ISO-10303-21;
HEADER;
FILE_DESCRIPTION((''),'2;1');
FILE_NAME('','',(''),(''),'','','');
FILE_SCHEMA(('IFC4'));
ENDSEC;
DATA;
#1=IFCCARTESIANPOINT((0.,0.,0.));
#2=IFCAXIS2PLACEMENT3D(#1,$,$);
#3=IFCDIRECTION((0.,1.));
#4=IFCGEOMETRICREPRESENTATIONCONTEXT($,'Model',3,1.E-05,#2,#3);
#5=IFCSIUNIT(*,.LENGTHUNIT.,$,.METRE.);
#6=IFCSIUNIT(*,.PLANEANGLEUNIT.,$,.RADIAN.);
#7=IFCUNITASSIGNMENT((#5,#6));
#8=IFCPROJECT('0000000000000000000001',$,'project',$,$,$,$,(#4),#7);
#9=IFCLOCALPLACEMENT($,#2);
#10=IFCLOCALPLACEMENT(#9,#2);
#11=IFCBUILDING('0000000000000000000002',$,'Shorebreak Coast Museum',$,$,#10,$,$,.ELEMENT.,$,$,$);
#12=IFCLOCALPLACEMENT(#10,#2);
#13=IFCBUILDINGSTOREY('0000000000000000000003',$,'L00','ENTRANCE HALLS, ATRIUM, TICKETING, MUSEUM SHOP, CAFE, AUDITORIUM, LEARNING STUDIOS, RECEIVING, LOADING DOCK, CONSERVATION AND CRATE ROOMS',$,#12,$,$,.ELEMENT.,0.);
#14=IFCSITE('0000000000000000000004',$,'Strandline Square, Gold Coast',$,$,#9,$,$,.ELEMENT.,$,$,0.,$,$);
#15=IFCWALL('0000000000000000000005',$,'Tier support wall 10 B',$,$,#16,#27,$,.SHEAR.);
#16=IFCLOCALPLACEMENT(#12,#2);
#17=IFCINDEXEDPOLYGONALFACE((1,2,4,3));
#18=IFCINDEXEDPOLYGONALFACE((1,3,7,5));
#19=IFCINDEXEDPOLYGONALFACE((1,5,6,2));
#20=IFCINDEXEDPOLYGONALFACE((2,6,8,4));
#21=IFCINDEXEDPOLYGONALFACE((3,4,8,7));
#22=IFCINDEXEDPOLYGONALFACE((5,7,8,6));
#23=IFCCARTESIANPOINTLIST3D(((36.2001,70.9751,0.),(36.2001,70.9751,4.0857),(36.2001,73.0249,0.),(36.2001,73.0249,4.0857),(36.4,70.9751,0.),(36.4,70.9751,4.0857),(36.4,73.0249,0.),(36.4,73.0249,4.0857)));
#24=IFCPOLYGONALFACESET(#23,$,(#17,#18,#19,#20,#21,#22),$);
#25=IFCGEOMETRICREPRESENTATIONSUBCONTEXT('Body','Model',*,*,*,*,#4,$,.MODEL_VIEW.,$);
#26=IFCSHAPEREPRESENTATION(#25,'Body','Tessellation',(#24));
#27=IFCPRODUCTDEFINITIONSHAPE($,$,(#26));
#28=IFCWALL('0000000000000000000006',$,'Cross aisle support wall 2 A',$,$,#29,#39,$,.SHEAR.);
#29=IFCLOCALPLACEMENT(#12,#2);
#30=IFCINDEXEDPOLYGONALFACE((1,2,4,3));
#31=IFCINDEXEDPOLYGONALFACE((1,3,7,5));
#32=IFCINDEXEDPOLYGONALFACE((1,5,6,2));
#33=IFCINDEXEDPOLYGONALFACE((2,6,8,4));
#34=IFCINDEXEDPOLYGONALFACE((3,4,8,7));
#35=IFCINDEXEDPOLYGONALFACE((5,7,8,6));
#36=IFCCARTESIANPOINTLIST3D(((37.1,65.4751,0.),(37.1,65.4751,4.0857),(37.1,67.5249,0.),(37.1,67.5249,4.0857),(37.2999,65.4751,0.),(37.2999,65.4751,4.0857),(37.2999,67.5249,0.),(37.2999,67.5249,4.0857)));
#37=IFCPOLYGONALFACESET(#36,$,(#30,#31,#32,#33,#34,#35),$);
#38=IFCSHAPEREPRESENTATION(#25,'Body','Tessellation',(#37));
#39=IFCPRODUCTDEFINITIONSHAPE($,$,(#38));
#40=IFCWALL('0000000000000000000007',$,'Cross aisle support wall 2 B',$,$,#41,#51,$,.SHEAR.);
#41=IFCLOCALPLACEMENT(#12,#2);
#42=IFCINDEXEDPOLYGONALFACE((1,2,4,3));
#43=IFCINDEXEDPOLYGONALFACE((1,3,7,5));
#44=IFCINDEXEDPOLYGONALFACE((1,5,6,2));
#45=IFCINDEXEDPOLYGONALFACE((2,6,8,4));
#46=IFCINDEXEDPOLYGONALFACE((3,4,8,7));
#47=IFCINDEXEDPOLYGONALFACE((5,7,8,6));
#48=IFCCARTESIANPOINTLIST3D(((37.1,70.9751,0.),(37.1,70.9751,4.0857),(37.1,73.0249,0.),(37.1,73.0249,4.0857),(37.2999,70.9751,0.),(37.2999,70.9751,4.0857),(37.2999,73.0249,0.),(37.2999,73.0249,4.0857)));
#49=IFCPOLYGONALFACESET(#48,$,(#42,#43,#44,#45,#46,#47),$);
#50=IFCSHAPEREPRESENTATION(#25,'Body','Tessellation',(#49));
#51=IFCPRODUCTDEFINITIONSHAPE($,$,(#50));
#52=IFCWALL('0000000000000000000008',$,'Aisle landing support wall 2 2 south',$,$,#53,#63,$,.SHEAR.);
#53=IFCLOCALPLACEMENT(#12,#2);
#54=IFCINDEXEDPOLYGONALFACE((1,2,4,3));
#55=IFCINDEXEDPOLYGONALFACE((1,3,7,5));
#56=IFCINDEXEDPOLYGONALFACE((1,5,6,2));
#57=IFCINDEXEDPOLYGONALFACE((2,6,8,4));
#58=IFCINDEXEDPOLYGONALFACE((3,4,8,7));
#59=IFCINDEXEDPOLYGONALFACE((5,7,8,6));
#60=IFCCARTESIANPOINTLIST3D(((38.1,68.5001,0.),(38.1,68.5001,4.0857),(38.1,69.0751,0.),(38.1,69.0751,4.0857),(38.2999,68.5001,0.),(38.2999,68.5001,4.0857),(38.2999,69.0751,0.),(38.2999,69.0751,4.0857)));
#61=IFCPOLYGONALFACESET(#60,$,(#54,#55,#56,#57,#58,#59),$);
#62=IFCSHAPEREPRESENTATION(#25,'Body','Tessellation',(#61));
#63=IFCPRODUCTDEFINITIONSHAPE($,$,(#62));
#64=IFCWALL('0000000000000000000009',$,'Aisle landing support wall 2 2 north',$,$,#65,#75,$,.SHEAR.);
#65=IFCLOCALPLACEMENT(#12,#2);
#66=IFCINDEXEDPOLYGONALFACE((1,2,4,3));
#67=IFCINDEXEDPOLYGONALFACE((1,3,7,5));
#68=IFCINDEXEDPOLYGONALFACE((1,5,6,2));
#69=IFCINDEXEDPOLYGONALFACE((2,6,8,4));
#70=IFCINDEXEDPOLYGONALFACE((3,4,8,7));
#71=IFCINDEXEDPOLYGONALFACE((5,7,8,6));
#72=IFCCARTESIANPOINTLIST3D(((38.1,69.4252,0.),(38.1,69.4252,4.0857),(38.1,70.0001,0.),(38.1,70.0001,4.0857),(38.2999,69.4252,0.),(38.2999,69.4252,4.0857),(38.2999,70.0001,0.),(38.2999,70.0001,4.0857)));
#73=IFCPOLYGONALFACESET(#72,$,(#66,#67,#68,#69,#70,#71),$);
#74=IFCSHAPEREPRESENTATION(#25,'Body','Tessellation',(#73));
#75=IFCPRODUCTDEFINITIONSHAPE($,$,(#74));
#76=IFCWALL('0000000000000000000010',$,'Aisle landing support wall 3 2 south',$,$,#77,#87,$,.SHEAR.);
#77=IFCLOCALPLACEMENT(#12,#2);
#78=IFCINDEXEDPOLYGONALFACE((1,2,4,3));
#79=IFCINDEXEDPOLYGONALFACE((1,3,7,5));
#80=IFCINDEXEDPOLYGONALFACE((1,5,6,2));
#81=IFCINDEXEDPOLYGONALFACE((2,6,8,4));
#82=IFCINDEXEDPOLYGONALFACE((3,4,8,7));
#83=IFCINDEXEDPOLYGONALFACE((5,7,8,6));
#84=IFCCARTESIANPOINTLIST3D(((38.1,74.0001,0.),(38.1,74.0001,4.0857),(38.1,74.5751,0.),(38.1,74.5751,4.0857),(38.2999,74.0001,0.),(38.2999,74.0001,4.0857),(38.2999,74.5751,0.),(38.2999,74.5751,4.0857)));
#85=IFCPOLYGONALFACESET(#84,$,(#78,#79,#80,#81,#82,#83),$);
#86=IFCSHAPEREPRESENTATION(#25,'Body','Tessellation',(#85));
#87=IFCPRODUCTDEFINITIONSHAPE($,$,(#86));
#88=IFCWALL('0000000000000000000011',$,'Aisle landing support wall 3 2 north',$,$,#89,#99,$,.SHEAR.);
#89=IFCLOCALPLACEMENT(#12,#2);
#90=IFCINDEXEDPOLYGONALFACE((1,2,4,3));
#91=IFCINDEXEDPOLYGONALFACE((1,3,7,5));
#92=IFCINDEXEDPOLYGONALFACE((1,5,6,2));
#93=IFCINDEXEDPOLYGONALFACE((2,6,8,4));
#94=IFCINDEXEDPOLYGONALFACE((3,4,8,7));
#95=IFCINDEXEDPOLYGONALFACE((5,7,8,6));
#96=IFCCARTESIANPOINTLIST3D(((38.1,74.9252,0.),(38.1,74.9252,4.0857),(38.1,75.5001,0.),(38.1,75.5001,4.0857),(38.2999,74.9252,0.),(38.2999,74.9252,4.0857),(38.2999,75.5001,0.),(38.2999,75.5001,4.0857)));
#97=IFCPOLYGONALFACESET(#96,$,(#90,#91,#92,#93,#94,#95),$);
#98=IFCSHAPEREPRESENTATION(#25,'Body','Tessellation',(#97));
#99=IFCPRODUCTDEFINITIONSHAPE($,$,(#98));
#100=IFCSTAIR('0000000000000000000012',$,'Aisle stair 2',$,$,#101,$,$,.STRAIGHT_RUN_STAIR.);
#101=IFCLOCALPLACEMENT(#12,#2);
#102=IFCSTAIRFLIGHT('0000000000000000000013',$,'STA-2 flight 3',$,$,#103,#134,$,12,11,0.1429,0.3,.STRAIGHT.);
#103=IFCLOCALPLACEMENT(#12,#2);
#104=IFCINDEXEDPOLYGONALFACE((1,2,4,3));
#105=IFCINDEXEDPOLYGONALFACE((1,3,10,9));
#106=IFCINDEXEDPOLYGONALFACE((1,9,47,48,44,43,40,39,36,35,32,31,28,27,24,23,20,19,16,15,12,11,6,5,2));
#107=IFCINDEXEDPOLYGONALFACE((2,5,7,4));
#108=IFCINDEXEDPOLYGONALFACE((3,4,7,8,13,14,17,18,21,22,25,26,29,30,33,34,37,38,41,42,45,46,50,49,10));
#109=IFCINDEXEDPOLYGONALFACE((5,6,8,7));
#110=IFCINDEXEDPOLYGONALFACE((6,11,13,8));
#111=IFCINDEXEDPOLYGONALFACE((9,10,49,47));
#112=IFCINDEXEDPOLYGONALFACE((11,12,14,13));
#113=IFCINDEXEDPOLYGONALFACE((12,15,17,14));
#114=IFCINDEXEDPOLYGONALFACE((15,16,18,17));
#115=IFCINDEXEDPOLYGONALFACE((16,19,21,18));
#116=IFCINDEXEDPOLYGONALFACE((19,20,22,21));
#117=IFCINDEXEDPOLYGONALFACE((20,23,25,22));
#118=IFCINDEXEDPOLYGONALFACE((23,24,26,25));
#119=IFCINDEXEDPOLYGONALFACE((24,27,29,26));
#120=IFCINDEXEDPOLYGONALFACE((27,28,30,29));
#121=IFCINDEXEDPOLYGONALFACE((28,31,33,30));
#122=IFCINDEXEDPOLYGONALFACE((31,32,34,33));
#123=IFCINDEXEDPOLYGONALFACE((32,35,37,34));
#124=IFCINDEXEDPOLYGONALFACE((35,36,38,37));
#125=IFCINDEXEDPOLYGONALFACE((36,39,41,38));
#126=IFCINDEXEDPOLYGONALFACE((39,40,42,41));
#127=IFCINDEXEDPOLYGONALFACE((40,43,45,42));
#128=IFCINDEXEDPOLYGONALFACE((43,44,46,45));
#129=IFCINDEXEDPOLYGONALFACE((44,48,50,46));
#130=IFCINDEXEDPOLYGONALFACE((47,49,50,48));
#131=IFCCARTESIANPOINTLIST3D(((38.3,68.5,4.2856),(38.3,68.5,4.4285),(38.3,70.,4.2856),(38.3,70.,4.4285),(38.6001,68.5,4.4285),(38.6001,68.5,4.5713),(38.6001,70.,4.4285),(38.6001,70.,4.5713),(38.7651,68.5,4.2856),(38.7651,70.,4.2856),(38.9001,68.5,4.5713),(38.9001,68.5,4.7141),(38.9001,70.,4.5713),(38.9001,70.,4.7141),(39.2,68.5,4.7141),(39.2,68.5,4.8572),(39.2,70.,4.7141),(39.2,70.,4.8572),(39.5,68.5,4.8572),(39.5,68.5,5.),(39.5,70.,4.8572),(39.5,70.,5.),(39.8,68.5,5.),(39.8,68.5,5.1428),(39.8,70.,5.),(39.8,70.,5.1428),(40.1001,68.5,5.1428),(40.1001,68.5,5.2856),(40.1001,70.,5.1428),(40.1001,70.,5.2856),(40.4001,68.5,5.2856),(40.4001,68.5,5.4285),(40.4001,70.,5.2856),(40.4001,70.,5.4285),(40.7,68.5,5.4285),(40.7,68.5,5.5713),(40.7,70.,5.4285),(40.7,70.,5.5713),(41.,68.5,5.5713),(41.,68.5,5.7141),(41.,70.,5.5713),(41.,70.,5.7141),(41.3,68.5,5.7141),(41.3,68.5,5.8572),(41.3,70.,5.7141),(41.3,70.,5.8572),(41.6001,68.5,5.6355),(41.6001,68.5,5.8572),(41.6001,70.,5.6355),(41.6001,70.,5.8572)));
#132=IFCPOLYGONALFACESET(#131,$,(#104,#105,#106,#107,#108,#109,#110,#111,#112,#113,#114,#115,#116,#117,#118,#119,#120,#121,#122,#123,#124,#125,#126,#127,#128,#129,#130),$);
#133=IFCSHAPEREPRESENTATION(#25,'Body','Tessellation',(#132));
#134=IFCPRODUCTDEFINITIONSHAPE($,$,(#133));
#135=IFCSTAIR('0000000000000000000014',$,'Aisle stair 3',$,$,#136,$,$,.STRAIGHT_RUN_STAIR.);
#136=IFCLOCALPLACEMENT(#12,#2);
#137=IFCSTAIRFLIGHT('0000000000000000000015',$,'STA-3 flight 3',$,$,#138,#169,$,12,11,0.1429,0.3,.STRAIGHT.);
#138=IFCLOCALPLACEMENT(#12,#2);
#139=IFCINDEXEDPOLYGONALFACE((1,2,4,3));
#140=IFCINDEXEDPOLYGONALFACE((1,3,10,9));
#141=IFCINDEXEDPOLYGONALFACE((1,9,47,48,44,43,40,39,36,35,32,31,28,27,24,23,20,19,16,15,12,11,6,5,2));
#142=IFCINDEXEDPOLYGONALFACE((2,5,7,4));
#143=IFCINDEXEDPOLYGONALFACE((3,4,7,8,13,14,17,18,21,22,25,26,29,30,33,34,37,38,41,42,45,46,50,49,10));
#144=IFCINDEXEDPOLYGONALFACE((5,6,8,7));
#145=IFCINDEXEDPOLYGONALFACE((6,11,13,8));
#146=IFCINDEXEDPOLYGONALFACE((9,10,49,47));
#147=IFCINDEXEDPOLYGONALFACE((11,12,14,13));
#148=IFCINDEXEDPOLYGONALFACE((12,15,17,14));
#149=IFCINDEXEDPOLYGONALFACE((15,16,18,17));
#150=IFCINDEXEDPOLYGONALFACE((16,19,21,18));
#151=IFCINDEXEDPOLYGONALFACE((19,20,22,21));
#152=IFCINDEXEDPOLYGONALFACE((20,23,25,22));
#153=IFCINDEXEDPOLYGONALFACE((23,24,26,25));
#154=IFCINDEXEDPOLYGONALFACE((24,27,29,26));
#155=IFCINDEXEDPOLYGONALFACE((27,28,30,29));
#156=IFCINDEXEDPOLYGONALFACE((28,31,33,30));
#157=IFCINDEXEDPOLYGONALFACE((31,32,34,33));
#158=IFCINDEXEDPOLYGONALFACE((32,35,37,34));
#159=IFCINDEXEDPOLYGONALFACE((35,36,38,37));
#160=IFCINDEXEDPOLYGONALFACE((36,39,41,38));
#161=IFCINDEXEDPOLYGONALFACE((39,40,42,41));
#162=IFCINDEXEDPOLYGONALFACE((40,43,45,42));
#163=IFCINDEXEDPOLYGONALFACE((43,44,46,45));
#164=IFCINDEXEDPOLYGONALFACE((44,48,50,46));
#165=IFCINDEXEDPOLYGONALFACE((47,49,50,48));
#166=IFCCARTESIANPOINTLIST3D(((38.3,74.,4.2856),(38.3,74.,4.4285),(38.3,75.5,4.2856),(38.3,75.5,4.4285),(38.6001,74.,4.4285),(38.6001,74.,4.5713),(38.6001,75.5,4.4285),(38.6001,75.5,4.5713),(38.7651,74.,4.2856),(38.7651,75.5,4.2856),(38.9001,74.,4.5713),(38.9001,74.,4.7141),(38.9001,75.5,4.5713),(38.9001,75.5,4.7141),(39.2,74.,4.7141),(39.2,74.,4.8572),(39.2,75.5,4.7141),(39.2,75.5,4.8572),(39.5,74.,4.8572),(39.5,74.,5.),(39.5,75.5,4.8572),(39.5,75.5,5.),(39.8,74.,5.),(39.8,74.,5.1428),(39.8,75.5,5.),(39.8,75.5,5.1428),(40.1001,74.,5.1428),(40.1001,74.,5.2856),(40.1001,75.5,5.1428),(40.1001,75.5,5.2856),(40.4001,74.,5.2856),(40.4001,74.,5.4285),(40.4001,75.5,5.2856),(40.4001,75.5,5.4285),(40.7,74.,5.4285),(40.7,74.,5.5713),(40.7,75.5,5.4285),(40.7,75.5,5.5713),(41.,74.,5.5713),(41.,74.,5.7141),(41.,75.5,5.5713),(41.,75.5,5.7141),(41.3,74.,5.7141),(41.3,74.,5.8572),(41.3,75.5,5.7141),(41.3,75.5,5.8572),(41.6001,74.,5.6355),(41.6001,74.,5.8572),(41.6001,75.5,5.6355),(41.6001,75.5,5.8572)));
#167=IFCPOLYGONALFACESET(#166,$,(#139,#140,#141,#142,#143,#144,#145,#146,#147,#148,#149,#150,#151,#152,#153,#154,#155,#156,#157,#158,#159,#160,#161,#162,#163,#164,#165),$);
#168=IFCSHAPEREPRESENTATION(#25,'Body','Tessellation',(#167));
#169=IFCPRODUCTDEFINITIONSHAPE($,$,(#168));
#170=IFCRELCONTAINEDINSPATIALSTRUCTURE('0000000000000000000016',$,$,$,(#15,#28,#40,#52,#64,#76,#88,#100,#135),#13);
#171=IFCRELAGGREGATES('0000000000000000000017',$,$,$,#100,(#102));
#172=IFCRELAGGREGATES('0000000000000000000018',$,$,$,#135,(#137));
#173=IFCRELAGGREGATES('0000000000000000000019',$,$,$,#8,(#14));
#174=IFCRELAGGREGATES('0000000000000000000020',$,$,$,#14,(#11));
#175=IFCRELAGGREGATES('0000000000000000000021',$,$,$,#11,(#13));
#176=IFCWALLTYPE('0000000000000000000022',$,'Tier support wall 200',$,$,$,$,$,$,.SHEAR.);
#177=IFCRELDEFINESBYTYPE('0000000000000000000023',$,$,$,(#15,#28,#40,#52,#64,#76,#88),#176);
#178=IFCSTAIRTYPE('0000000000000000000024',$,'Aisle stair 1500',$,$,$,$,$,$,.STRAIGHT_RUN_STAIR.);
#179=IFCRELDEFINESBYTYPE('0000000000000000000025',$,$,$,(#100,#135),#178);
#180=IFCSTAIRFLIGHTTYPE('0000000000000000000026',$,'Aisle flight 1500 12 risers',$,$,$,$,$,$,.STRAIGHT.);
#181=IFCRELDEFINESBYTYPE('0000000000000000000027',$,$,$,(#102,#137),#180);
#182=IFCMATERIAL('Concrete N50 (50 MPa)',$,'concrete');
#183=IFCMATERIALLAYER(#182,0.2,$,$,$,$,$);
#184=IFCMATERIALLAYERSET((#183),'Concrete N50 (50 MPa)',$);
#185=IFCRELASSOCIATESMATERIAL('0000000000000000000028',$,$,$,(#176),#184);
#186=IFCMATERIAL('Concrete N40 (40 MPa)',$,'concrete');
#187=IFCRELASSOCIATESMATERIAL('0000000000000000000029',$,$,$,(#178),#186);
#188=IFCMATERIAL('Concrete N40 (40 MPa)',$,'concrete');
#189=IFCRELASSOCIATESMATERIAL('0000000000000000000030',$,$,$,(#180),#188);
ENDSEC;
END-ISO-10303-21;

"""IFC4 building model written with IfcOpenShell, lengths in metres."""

from ifc_helpers import new_model, si_unit, direction, frame, frame_2d, origin, place, context, subcontext, project, spatial, polyline, rectangle, outline, extrude, material, layer, layer_set, type_object, element, aggregate, save


model = new_model("IFC4")

# Units and contexts
model_context = context("Model", 3, precision=1e-05, world=origin(), true_north=direction((0.0, 1.0)))
body_context = subcontext(model_context, "Body", "Model", "MODEL_VIEW")
ifc_project = project(units=[si_unit("LENGTHUNIT", "METRE"), si_unit("PLANEANGLEUNIT", "RADIAN")], contexts=[model_context])

# Site, building, storey
site_placement = place(None, origin())
site = spatial("IfcSite", under=ifc_project, at=site_placement, Name="Strandline Square, Gold Coast", CompositionType="ELEMENT", RefElevation=0.0)
building_placement = place(site_placement, origin())
building = spatial("IfcBuilding", under=site, at=building_placement, Name="Shorebreak Coast Museum", CompositionType="ELEMENT")
storey_placement = place(building_placement, origin())
storey = spatial("IfcBuildingStorey", under=building, at=storey_placement, Name="L00", Description="ENTRANCE HALLS, ATRIUM, TICKETING, MUSEUM SHOP, CAFE, AUDITORIUM, LEARNING STUDIOS, RECEIVING, LOADING DOCK, CONSERVATION AND CRATE ROOMS", CompositionType="ELEMENT", Elevation=0.0)

# Walls
ifc_material_1 = material(Name="Concrete N50 (50 MPa)", Category="concrete")
ifc_layer = layer(ifc_material_1, 0.2)
ifc_layer_set = layer_set([ifc_layer], Name="Concrete N50 (50 MPa)")
wall_type = type_object("IfcWallType", Name="Tier support wall 200", PredefinedType="SHEAR", material=ifc_layer_set)
for number, where, z_axis, x_axis, name in (
    (1, (36.3, 70.9751, 0.0), (0.0, 0.0, 1.0), (0.0, 1.0, 0.0), "Tier support wall 10 B"),
    (2, (37.2, 65.4751, 0.0), (0.0, 0.0, 1.0), (0.0, 1.0, 0.0), "Cross aisle support wall 2 A"),
    (3, (37.2, 70.9751, 0.0), (0.0, 0.0, 1.0), (0.0, 1.0, 0.0), "Cross aisle support wall 2 B"),
):
    element("IfcWall", number, at=place(storey_placement, frame(where, z_axis=z_axis, x_axis=x_axis)), inside=storey, type_object=wall_type, Name=name, PredefinedType="SHEAR", context=body_context, shape_type="SweptSolid", body=[
        extrude(rectangle(XDim=2.0498, YDim=0.2, at=frame_2d((1.0249, 0.0))), origin(), (0.0, 0.0, 1.0), 4.0857),
    ])
for number, where, z_axis, x_axis, name in (
    (4, (38.2, 68.5, 0.0), (0.0, 0.0, 1.0), (0.0, 1.0, 0.0), "Aisle landing support wall 2 2 south"),
    (5, (38.2, 69.425, 0.0), (0.0, 0.0, 1.0), (0.0, 1.0, 0.0), "Aisle landing support wall 2 2 north"),
    (6, (38.2, 74.0, 0.0), (0.0, 0.0, 1.0), (0.0, 1.0, 0.0), "Aisle landing support wall 3 2 south"),
    (7, (38.2, 74.925, 0.0), (0.0, 0.0, 1.0), (0.0, 1.0, 0.0), "Aisle landing support wall 3 2 north"),
):
    element("IfcWall", number, at=place(storey_placement, frame(where, z_axis=z_axis, x_axis=x_axis)), inside=storey, type_object=wall_type, Name=name, PredefinedType="SHEAR", context=body_context, shape_type="SweptSolid", body=[
        extrude(rectangle(XDim=0.575, YDim=0.2, at=frame_2d((0.2876, 0.0))), origin(), (0.0, 0.0, 1.0), 4.0857),
    ])

# Stairs, stair flights
ifc_material_2 = material(Name="Concrete N40 (40 MPa)", Category="concrete")
stair_type = type_object("IfcStairType", Name="Aisle stair 1500", PredefinedType="STRAIGHT_RUN_STAIR", material=ifc_material_2)
stair_1_placement = place(storey_placement, origin())
stair_1 = element("IfcStair", 8, at=stair_1_placement, inside=storey, type_object=stair_type, Name="Aisle stair 2", PredefinedType="STRAIGHT_RUN_STAIR")
ifc_material_3 = material(Name="Concrete N40 (40 MPa)", Category="concrete")
stair_flight_type = type_object("IfcStairFlightType", Name="Aisle flight 1500 12 risers", PredefinedType="STRAIGHT", material=ifc_material_3)
stair_flight_1_placement = place(storey_placement, frame((38.3, 69.25, 4.2856), z_axis=(0.0, 0.0, 1.0), x_axis=(1.0, 0.0, 0.0)))
stair_flight_1 = element("IfcStairFlight", 9, at=stair_flight_1_placement, type_object=stair_flight_type, Name="STA-2 flight 3", NumberOfRisers=12, NumberOfTreads=11, PredefinedType="STRAIGHT", RiserHeight=0.1429, TreadLength=0.3, context=body_context, shape_type="SweptSolid", body=[
    extrude(outline(polyline([(0.0, 0.0), (0.0, 0.1428), (0.3, 0.1428), (0.3, 0.2856), (0.6001, 0.2856), (0.6001, 0.4285), (0.8999, 0.4285), (0.8999, 0.5715), (1.2, 0.5715), (1.2, 0.7144), (1.5, 0.7144), (1.5, 0.8572), (1.8, 0.8572), (1.8, 1.0), (2.1001, 1.0), (2.1001, 1.1428), (2.3999, 1.1428), (2.3999, 1.2856), (2.7, 1.2856), (2.7, 1.4285), (3.0, 1.4285), (3.0, 1.5715), (3.3, 1.5715), (3.3, 1.7144), (3.3, 1.3499), (0.4651, 0.0), (0.0, 0.0)])), frame((0.0, 0.75, 0.0), z_axis=(0.0, -1.0, 0.0), x_axis=(1.0, 0.0, 0.0)), (0.0, 0.0, 1.0), 1.5),
])
aggregate(stair_1, [stair_flight_1])
stair_2_placement = place(storey_placement, origin())
stair_2 = element("IfcStair", 10, at=stair_2_placement, inside=storey, type_object=stair_type, Name="Aisle stair 3", PredefinedType="STRAIGHT_RUN_STAIR")
stair_flight_2_placement = place(storey_placement, frame((38.3, 74.75, 4.2856), z_axis=(0.0, 0.0, 1.0), x_axis=(1.0, 0.0, 0.0)))
stair_flight_2 = element("IfcStairFlight", 11, at=stair_flight_2_placement, type_object=stair_flight_type, Name="STA-3 flight 3", NumberOfRisers=12, NumberOfTreads=11, PredefinedType="STRAIGHT", RiserHeight=0.1429, TreadLength=0.3, context=body_context, shape_type="SweptSolid", body=[
    extrude(outline(polyline([(0.0, 0.0), (0.0, 0.1428), (0.3, 0.1428), (0.3, 0.2856), (0.6001, 0.2856), (0.6001, 0.4285), (0.8999, 0.4285), (0.8999, 0.5715), (1.2, 0.5715), (1.2, 0.7144), (1.5, 0.7144), (1.5, 0.8572), (1.8, 0.8572), (1.8, 1.0), (2.1001, 1.0), (2.1001, 1.1428), (2.3999, 1.1428), (2.3999, 1.2856), (2.7, 1.2856), (2.7, 1.4285), (3.0, 1.4285), (3.0, 1.5715), (3.3, 1.5715), (3.3, 1.7144), (3.3, 1.3499), (0.4651, 0.0), (0.0, 0.0)])), frame((0.0, 0.75, 0.0), z_axis=(0.0, -1.0, 0.0), x_axis=(1.0, 0.0, 0.0)), (0.0, 0.0, 1.0), 1.5),
])
aggregate(stair_2, [stair_flight_2])

save(model, "model.ifc")
